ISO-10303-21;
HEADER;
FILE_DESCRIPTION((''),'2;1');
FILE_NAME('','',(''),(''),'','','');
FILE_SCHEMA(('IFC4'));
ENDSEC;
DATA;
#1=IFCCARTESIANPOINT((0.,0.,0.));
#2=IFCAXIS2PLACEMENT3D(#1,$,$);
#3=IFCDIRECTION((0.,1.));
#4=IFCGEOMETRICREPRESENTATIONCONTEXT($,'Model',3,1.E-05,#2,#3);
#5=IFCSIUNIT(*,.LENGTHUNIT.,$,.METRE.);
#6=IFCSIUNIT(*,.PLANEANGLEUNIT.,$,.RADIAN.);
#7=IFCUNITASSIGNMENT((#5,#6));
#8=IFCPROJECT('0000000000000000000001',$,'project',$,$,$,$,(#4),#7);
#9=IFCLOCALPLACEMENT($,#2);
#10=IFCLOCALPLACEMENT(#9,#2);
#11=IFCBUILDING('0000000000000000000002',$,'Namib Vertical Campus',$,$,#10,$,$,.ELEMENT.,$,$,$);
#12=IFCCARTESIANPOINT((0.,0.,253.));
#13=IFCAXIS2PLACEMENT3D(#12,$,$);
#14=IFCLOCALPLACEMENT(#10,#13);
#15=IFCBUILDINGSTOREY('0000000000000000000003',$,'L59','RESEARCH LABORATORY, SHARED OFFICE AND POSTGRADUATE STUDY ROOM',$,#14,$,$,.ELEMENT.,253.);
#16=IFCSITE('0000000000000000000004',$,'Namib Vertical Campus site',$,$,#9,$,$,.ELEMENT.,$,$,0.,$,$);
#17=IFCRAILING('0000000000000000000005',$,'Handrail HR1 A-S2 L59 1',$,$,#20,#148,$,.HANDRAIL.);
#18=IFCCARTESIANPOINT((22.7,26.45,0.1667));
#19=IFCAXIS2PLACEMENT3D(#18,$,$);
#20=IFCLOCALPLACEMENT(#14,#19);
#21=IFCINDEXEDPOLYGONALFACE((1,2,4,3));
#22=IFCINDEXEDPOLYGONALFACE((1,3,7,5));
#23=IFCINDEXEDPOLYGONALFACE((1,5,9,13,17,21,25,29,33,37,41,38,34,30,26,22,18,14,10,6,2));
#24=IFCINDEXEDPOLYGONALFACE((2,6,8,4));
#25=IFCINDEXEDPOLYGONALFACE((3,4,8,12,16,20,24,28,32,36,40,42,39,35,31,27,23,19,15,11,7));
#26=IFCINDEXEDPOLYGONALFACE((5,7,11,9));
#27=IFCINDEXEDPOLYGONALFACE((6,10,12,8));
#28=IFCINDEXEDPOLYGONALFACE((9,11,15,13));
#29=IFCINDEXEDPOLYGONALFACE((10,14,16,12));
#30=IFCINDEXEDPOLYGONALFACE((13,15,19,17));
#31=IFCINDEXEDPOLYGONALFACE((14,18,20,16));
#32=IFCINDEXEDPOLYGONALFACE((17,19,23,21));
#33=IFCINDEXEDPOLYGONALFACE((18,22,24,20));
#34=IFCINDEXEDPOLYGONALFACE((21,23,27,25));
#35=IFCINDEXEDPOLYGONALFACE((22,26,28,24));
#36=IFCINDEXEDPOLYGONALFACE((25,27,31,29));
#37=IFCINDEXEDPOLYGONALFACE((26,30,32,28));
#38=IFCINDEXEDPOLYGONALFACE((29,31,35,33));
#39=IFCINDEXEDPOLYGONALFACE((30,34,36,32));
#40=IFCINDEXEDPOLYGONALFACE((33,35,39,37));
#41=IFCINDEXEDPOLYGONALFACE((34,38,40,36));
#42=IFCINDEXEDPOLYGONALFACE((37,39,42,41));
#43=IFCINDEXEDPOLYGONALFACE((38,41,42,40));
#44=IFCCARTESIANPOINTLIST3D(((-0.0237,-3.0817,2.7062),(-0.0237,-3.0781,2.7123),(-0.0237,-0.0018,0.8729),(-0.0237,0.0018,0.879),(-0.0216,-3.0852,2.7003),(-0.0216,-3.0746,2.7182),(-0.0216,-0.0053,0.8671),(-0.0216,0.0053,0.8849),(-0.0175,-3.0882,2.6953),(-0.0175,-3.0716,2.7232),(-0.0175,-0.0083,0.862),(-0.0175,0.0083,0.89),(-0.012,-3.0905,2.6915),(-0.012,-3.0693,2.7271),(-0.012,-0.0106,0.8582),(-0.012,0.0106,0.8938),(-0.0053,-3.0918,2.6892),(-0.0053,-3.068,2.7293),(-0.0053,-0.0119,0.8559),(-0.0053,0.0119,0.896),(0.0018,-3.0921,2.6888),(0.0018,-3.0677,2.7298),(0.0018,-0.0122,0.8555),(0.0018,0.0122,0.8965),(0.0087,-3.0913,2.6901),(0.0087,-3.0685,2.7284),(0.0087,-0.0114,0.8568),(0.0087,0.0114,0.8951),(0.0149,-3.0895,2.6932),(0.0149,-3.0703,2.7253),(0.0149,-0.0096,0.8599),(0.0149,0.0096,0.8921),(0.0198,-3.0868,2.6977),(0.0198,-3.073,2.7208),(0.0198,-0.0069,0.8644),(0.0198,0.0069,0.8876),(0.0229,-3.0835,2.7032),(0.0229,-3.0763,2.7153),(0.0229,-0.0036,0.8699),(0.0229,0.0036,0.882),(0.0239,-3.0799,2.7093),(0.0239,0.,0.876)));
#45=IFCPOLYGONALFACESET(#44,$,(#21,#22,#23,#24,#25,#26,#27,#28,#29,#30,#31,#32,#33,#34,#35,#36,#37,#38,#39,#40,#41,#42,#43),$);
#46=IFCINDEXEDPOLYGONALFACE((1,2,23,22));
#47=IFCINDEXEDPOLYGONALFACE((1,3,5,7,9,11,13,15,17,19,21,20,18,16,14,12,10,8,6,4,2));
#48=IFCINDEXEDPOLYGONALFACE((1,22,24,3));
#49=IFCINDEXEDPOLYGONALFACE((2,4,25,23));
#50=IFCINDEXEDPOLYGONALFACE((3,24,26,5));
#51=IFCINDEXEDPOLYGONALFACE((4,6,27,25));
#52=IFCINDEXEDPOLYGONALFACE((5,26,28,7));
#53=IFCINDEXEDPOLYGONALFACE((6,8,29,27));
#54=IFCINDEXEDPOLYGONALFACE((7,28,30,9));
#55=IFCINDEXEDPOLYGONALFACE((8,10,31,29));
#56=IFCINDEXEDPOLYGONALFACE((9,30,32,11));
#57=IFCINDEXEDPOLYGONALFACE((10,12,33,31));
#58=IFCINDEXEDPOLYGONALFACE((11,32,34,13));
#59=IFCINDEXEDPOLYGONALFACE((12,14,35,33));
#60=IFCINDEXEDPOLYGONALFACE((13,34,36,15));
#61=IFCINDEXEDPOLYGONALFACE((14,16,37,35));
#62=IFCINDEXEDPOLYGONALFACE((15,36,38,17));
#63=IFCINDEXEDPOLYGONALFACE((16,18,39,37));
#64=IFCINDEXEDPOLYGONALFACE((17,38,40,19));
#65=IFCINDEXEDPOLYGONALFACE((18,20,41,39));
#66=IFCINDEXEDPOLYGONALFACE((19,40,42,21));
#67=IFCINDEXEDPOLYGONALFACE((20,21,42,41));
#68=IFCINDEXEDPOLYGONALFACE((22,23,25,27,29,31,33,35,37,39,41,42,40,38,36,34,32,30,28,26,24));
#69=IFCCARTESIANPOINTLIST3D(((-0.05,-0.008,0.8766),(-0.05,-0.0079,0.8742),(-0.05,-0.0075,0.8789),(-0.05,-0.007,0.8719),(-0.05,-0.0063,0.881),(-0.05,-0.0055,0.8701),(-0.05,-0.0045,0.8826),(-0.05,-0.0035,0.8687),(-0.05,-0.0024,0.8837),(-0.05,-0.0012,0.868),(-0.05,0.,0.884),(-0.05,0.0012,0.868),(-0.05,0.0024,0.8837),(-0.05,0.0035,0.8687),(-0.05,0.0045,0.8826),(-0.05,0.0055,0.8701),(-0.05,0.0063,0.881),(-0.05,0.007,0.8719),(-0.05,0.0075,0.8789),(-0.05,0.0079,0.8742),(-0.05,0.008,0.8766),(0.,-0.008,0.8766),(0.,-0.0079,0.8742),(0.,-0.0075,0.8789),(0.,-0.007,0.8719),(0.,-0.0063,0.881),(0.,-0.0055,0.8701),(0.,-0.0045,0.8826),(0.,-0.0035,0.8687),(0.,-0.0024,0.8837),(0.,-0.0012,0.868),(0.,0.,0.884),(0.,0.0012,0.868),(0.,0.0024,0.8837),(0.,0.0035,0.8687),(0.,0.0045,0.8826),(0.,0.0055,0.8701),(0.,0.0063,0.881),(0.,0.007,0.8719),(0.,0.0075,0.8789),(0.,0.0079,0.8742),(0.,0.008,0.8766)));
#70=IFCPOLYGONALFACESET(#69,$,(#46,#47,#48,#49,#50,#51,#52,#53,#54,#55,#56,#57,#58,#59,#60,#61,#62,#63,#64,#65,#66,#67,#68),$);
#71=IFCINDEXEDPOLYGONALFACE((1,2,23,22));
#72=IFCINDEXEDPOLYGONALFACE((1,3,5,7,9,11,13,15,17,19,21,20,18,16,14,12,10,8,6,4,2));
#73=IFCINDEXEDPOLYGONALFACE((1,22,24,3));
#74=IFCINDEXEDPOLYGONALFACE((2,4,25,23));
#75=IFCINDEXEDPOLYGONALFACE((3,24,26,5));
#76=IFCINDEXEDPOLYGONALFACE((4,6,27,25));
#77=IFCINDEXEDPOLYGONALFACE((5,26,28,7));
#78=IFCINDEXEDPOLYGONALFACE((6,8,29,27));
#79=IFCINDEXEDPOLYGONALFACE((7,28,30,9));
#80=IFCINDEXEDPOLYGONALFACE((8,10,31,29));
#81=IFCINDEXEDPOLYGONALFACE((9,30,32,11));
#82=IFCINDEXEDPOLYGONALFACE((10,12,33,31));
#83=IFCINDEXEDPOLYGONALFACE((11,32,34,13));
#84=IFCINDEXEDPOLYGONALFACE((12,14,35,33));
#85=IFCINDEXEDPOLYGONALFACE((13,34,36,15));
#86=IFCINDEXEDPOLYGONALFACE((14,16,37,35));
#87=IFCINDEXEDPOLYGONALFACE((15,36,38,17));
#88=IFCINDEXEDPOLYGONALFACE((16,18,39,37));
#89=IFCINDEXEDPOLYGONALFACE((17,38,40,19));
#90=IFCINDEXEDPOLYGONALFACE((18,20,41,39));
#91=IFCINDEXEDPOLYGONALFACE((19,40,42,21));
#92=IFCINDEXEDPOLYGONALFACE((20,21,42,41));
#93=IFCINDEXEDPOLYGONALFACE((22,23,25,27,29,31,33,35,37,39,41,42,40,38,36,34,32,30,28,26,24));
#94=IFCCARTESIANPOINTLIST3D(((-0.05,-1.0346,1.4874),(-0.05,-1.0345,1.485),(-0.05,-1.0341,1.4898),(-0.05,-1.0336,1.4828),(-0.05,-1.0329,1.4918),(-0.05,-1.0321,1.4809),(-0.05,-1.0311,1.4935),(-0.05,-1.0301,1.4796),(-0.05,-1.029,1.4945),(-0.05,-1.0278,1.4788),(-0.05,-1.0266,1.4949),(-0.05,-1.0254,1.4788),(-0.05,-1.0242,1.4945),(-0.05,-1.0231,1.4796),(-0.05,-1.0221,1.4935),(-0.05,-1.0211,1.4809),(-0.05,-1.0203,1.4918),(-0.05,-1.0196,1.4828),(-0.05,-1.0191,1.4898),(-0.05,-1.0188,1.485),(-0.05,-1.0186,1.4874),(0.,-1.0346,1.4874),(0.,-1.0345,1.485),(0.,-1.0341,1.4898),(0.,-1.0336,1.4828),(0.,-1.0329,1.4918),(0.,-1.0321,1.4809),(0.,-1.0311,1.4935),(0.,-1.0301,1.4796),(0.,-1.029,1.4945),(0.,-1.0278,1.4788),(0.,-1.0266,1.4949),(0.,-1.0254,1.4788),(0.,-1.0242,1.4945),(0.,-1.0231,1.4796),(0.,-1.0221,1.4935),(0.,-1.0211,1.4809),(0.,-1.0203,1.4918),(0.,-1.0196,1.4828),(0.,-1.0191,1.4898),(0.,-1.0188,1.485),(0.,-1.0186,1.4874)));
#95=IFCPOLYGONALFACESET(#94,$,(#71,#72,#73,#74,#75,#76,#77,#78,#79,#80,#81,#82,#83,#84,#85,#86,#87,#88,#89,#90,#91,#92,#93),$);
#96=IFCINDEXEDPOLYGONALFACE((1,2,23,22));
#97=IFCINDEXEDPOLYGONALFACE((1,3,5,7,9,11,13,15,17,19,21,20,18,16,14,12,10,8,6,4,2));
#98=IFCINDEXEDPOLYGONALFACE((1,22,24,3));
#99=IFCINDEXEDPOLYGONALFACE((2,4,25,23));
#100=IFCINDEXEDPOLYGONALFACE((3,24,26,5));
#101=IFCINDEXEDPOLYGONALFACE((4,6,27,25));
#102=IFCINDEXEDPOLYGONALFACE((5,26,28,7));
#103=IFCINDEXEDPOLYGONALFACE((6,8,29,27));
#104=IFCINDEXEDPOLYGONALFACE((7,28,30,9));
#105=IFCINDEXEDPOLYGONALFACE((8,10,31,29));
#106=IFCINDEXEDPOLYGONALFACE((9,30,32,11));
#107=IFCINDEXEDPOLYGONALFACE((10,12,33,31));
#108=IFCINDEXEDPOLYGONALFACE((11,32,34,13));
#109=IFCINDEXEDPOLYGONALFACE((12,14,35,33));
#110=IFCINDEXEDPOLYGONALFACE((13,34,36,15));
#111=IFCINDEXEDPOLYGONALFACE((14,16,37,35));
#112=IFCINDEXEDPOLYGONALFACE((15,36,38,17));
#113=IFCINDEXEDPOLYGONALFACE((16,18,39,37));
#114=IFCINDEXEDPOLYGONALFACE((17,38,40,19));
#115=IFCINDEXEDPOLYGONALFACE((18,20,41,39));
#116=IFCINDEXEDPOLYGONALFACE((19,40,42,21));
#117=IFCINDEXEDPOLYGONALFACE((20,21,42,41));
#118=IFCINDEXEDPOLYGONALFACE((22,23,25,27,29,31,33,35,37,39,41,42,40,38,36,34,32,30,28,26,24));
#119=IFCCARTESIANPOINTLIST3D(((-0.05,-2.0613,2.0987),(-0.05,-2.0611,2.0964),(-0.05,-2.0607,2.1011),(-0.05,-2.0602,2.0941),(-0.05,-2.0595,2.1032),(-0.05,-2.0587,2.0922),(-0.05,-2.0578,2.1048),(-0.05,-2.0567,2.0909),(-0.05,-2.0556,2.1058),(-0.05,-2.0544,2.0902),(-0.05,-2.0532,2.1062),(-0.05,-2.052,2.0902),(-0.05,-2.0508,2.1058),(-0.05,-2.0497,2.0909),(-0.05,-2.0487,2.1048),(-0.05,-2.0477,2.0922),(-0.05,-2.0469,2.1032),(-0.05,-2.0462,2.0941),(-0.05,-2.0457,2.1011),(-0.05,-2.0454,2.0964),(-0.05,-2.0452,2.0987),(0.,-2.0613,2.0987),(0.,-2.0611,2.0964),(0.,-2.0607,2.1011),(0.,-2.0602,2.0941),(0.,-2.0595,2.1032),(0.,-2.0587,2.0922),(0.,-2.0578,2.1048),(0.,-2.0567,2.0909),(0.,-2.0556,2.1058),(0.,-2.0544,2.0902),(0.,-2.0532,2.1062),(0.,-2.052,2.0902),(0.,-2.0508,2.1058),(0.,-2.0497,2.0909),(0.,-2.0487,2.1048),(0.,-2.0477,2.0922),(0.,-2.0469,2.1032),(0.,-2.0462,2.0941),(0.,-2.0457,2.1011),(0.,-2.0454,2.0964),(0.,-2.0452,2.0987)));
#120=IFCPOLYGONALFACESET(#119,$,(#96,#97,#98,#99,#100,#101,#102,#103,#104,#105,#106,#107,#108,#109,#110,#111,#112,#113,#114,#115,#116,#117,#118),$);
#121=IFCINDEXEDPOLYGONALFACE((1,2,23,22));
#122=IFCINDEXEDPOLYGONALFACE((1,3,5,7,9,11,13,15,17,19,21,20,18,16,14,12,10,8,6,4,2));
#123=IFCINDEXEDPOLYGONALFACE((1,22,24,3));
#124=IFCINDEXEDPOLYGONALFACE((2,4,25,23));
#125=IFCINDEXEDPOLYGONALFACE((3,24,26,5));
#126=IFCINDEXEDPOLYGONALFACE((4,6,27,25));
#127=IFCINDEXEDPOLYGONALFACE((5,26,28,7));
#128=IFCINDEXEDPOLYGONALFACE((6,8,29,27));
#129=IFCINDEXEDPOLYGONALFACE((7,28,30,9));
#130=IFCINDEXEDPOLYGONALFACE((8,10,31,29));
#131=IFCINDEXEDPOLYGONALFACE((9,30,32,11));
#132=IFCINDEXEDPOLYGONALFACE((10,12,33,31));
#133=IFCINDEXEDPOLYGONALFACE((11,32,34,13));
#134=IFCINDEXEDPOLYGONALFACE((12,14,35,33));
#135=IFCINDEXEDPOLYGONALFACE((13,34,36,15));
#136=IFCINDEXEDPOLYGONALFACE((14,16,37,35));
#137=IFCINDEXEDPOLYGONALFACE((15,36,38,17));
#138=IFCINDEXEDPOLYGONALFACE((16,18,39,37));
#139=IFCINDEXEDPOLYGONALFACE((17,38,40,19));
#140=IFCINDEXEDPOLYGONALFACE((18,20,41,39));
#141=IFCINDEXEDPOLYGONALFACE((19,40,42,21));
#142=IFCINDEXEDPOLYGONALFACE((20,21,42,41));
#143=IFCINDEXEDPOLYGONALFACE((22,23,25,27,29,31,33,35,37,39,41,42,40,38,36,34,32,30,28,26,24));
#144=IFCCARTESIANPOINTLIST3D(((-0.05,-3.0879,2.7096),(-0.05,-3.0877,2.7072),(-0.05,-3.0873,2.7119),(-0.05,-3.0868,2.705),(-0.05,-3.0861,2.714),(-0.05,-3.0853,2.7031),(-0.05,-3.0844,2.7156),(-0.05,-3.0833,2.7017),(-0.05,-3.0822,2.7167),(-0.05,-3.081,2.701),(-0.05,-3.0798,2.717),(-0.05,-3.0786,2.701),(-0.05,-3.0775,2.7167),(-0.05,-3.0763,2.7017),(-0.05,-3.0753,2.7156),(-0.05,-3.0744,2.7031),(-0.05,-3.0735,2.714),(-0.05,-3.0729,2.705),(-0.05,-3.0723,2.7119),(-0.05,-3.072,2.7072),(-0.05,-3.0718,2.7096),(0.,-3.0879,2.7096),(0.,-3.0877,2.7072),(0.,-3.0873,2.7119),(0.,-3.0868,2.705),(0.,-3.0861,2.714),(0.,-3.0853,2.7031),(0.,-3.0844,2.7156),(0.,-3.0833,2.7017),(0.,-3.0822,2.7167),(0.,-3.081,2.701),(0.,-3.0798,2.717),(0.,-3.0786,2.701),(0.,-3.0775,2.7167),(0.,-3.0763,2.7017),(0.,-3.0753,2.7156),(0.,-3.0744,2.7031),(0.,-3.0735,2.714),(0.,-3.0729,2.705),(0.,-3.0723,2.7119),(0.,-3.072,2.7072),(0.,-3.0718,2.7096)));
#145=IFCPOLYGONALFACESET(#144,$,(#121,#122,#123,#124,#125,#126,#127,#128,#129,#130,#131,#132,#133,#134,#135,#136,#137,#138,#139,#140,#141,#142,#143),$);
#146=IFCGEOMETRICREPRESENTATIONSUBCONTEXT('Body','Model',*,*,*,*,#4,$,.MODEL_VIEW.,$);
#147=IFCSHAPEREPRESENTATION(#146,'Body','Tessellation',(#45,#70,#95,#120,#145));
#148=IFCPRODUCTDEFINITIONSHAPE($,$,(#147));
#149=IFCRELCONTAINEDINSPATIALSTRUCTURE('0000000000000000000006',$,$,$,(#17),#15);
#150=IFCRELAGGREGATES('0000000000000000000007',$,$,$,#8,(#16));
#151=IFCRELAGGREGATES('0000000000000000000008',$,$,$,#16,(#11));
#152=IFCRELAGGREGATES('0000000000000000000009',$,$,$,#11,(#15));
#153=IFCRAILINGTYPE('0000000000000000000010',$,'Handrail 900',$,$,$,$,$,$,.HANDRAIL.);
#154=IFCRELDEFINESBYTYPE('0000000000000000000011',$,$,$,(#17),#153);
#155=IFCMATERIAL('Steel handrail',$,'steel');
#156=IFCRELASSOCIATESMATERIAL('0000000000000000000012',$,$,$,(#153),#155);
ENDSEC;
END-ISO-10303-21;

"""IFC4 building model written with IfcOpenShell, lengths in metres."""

from ifc_helpers import new_model, si_unit, direction, frame, origin, origin_2d, place, context, subcontext, project, spatial, circle, extrude, material, type_object, element, save


model = new_model("IFC4")

# Units and contexts
model_context = context("Model", 3, precision=1e-05, world=origin(), true_north=direction((0.0, 1.0)))
body_context = subcontext(model_context, "Body", "Model", "MODEL_VIEW")
ifc_project = project(units=[si_unit("LENGTHUNIT", "METRE"), si_unit("PLANEANGLEUNIT", "RADIAN")], contexts=[model_context])

# Site, building, storey
site_placement = place(None, origin())
site = spatial("IfcSite", under=ifc_project, at=site_placement, Name="Namib Vertical Campus site", CompositionType="ELEMENT", RefElevation=0.0)
building_placement = place(site_placement, origin())
building = spatial("IfcBuilding", under=site, at=building_placement, Name="Namib Vertical Campus", CompositionType="ELEMENT")
storey_placement = place(building_placement, frame((0.0, 0.0, 253.0)))
storey = spatial("IfcBuildingStorey", under=building, at=storey_placement, Name="L59", Description="RESEARCH LABORATORY, SHARED OFFICE AND POSTGRADUATE STUDY ROOM", CompositionType="ELEMENT", Elevation=253.0)

# Railing
ifc_material_1 = material(Name="Steel handrail", Category="steel")
railing_type_1 = type_object("IfcRailingType", Name="Handrail 900", PredefinedType="HANDRAIL", material=ifc_material_1)
railing_1_placement = place(storey_placement, frame((22.7, 26.45, 0.1667)))
element("IfcRailing", 1, at=railing_1_placement, inside=storey, type_object=railing_type_1, Name="Handrail HR1 A-S2 L59 1", PredefinedType="HANDRAIL", context=body_context, shape_type="SweptSolid", body=[
    extrude(circle(Radius=0.0239, at=origin_2d()), frame((0.0, 0.0, 0.876), z_axis=(0.0, -0.859291, 0.511487), x_axis=(1.0, 0.0, 0.0)), (0.0, 0.0, 1.0), 3.5842),
    extrude(circle(Radius=0.0081, at=origin_2d()), frame((0.0, 0.0, 0.876), z_axis=(-1.0, 0.0, 0.0), x_axis=(0.0, 0.0, 1.0)), (0.0, 0.0, 1.0), 0.05),
    extrude(circle(Radius=0.0081, at=origin_2d()), frame((0.0, -1.0266, 1.4868), z_axis=(-1.0, 0.0, 0.0), x_axis=(0.0, 0.0, 1.0)), (0.0, 0.0, 1.0), 0.05),
    extrude(circle(Radius=0.0081, at=origin_2d()), frame((0.0, -2.0532, 2.0981), z_axis=(-1.0, 0.0, 0.0), x_axis=(0.0, 0.0, 1.0)), (0.0, 0.0, 1.0), 0.05),
    extrude(circle(Radius=0.0081, at=origin_2d()), frame((0.0, -3.0798, 2.709), z_axis=(-1.0, 0.0, 0.0), x_axis=(0.0, 0.0, 1.0)), (0.0, 0.0, 1.0), 0.05),
])

save(model, "model.ifc")
